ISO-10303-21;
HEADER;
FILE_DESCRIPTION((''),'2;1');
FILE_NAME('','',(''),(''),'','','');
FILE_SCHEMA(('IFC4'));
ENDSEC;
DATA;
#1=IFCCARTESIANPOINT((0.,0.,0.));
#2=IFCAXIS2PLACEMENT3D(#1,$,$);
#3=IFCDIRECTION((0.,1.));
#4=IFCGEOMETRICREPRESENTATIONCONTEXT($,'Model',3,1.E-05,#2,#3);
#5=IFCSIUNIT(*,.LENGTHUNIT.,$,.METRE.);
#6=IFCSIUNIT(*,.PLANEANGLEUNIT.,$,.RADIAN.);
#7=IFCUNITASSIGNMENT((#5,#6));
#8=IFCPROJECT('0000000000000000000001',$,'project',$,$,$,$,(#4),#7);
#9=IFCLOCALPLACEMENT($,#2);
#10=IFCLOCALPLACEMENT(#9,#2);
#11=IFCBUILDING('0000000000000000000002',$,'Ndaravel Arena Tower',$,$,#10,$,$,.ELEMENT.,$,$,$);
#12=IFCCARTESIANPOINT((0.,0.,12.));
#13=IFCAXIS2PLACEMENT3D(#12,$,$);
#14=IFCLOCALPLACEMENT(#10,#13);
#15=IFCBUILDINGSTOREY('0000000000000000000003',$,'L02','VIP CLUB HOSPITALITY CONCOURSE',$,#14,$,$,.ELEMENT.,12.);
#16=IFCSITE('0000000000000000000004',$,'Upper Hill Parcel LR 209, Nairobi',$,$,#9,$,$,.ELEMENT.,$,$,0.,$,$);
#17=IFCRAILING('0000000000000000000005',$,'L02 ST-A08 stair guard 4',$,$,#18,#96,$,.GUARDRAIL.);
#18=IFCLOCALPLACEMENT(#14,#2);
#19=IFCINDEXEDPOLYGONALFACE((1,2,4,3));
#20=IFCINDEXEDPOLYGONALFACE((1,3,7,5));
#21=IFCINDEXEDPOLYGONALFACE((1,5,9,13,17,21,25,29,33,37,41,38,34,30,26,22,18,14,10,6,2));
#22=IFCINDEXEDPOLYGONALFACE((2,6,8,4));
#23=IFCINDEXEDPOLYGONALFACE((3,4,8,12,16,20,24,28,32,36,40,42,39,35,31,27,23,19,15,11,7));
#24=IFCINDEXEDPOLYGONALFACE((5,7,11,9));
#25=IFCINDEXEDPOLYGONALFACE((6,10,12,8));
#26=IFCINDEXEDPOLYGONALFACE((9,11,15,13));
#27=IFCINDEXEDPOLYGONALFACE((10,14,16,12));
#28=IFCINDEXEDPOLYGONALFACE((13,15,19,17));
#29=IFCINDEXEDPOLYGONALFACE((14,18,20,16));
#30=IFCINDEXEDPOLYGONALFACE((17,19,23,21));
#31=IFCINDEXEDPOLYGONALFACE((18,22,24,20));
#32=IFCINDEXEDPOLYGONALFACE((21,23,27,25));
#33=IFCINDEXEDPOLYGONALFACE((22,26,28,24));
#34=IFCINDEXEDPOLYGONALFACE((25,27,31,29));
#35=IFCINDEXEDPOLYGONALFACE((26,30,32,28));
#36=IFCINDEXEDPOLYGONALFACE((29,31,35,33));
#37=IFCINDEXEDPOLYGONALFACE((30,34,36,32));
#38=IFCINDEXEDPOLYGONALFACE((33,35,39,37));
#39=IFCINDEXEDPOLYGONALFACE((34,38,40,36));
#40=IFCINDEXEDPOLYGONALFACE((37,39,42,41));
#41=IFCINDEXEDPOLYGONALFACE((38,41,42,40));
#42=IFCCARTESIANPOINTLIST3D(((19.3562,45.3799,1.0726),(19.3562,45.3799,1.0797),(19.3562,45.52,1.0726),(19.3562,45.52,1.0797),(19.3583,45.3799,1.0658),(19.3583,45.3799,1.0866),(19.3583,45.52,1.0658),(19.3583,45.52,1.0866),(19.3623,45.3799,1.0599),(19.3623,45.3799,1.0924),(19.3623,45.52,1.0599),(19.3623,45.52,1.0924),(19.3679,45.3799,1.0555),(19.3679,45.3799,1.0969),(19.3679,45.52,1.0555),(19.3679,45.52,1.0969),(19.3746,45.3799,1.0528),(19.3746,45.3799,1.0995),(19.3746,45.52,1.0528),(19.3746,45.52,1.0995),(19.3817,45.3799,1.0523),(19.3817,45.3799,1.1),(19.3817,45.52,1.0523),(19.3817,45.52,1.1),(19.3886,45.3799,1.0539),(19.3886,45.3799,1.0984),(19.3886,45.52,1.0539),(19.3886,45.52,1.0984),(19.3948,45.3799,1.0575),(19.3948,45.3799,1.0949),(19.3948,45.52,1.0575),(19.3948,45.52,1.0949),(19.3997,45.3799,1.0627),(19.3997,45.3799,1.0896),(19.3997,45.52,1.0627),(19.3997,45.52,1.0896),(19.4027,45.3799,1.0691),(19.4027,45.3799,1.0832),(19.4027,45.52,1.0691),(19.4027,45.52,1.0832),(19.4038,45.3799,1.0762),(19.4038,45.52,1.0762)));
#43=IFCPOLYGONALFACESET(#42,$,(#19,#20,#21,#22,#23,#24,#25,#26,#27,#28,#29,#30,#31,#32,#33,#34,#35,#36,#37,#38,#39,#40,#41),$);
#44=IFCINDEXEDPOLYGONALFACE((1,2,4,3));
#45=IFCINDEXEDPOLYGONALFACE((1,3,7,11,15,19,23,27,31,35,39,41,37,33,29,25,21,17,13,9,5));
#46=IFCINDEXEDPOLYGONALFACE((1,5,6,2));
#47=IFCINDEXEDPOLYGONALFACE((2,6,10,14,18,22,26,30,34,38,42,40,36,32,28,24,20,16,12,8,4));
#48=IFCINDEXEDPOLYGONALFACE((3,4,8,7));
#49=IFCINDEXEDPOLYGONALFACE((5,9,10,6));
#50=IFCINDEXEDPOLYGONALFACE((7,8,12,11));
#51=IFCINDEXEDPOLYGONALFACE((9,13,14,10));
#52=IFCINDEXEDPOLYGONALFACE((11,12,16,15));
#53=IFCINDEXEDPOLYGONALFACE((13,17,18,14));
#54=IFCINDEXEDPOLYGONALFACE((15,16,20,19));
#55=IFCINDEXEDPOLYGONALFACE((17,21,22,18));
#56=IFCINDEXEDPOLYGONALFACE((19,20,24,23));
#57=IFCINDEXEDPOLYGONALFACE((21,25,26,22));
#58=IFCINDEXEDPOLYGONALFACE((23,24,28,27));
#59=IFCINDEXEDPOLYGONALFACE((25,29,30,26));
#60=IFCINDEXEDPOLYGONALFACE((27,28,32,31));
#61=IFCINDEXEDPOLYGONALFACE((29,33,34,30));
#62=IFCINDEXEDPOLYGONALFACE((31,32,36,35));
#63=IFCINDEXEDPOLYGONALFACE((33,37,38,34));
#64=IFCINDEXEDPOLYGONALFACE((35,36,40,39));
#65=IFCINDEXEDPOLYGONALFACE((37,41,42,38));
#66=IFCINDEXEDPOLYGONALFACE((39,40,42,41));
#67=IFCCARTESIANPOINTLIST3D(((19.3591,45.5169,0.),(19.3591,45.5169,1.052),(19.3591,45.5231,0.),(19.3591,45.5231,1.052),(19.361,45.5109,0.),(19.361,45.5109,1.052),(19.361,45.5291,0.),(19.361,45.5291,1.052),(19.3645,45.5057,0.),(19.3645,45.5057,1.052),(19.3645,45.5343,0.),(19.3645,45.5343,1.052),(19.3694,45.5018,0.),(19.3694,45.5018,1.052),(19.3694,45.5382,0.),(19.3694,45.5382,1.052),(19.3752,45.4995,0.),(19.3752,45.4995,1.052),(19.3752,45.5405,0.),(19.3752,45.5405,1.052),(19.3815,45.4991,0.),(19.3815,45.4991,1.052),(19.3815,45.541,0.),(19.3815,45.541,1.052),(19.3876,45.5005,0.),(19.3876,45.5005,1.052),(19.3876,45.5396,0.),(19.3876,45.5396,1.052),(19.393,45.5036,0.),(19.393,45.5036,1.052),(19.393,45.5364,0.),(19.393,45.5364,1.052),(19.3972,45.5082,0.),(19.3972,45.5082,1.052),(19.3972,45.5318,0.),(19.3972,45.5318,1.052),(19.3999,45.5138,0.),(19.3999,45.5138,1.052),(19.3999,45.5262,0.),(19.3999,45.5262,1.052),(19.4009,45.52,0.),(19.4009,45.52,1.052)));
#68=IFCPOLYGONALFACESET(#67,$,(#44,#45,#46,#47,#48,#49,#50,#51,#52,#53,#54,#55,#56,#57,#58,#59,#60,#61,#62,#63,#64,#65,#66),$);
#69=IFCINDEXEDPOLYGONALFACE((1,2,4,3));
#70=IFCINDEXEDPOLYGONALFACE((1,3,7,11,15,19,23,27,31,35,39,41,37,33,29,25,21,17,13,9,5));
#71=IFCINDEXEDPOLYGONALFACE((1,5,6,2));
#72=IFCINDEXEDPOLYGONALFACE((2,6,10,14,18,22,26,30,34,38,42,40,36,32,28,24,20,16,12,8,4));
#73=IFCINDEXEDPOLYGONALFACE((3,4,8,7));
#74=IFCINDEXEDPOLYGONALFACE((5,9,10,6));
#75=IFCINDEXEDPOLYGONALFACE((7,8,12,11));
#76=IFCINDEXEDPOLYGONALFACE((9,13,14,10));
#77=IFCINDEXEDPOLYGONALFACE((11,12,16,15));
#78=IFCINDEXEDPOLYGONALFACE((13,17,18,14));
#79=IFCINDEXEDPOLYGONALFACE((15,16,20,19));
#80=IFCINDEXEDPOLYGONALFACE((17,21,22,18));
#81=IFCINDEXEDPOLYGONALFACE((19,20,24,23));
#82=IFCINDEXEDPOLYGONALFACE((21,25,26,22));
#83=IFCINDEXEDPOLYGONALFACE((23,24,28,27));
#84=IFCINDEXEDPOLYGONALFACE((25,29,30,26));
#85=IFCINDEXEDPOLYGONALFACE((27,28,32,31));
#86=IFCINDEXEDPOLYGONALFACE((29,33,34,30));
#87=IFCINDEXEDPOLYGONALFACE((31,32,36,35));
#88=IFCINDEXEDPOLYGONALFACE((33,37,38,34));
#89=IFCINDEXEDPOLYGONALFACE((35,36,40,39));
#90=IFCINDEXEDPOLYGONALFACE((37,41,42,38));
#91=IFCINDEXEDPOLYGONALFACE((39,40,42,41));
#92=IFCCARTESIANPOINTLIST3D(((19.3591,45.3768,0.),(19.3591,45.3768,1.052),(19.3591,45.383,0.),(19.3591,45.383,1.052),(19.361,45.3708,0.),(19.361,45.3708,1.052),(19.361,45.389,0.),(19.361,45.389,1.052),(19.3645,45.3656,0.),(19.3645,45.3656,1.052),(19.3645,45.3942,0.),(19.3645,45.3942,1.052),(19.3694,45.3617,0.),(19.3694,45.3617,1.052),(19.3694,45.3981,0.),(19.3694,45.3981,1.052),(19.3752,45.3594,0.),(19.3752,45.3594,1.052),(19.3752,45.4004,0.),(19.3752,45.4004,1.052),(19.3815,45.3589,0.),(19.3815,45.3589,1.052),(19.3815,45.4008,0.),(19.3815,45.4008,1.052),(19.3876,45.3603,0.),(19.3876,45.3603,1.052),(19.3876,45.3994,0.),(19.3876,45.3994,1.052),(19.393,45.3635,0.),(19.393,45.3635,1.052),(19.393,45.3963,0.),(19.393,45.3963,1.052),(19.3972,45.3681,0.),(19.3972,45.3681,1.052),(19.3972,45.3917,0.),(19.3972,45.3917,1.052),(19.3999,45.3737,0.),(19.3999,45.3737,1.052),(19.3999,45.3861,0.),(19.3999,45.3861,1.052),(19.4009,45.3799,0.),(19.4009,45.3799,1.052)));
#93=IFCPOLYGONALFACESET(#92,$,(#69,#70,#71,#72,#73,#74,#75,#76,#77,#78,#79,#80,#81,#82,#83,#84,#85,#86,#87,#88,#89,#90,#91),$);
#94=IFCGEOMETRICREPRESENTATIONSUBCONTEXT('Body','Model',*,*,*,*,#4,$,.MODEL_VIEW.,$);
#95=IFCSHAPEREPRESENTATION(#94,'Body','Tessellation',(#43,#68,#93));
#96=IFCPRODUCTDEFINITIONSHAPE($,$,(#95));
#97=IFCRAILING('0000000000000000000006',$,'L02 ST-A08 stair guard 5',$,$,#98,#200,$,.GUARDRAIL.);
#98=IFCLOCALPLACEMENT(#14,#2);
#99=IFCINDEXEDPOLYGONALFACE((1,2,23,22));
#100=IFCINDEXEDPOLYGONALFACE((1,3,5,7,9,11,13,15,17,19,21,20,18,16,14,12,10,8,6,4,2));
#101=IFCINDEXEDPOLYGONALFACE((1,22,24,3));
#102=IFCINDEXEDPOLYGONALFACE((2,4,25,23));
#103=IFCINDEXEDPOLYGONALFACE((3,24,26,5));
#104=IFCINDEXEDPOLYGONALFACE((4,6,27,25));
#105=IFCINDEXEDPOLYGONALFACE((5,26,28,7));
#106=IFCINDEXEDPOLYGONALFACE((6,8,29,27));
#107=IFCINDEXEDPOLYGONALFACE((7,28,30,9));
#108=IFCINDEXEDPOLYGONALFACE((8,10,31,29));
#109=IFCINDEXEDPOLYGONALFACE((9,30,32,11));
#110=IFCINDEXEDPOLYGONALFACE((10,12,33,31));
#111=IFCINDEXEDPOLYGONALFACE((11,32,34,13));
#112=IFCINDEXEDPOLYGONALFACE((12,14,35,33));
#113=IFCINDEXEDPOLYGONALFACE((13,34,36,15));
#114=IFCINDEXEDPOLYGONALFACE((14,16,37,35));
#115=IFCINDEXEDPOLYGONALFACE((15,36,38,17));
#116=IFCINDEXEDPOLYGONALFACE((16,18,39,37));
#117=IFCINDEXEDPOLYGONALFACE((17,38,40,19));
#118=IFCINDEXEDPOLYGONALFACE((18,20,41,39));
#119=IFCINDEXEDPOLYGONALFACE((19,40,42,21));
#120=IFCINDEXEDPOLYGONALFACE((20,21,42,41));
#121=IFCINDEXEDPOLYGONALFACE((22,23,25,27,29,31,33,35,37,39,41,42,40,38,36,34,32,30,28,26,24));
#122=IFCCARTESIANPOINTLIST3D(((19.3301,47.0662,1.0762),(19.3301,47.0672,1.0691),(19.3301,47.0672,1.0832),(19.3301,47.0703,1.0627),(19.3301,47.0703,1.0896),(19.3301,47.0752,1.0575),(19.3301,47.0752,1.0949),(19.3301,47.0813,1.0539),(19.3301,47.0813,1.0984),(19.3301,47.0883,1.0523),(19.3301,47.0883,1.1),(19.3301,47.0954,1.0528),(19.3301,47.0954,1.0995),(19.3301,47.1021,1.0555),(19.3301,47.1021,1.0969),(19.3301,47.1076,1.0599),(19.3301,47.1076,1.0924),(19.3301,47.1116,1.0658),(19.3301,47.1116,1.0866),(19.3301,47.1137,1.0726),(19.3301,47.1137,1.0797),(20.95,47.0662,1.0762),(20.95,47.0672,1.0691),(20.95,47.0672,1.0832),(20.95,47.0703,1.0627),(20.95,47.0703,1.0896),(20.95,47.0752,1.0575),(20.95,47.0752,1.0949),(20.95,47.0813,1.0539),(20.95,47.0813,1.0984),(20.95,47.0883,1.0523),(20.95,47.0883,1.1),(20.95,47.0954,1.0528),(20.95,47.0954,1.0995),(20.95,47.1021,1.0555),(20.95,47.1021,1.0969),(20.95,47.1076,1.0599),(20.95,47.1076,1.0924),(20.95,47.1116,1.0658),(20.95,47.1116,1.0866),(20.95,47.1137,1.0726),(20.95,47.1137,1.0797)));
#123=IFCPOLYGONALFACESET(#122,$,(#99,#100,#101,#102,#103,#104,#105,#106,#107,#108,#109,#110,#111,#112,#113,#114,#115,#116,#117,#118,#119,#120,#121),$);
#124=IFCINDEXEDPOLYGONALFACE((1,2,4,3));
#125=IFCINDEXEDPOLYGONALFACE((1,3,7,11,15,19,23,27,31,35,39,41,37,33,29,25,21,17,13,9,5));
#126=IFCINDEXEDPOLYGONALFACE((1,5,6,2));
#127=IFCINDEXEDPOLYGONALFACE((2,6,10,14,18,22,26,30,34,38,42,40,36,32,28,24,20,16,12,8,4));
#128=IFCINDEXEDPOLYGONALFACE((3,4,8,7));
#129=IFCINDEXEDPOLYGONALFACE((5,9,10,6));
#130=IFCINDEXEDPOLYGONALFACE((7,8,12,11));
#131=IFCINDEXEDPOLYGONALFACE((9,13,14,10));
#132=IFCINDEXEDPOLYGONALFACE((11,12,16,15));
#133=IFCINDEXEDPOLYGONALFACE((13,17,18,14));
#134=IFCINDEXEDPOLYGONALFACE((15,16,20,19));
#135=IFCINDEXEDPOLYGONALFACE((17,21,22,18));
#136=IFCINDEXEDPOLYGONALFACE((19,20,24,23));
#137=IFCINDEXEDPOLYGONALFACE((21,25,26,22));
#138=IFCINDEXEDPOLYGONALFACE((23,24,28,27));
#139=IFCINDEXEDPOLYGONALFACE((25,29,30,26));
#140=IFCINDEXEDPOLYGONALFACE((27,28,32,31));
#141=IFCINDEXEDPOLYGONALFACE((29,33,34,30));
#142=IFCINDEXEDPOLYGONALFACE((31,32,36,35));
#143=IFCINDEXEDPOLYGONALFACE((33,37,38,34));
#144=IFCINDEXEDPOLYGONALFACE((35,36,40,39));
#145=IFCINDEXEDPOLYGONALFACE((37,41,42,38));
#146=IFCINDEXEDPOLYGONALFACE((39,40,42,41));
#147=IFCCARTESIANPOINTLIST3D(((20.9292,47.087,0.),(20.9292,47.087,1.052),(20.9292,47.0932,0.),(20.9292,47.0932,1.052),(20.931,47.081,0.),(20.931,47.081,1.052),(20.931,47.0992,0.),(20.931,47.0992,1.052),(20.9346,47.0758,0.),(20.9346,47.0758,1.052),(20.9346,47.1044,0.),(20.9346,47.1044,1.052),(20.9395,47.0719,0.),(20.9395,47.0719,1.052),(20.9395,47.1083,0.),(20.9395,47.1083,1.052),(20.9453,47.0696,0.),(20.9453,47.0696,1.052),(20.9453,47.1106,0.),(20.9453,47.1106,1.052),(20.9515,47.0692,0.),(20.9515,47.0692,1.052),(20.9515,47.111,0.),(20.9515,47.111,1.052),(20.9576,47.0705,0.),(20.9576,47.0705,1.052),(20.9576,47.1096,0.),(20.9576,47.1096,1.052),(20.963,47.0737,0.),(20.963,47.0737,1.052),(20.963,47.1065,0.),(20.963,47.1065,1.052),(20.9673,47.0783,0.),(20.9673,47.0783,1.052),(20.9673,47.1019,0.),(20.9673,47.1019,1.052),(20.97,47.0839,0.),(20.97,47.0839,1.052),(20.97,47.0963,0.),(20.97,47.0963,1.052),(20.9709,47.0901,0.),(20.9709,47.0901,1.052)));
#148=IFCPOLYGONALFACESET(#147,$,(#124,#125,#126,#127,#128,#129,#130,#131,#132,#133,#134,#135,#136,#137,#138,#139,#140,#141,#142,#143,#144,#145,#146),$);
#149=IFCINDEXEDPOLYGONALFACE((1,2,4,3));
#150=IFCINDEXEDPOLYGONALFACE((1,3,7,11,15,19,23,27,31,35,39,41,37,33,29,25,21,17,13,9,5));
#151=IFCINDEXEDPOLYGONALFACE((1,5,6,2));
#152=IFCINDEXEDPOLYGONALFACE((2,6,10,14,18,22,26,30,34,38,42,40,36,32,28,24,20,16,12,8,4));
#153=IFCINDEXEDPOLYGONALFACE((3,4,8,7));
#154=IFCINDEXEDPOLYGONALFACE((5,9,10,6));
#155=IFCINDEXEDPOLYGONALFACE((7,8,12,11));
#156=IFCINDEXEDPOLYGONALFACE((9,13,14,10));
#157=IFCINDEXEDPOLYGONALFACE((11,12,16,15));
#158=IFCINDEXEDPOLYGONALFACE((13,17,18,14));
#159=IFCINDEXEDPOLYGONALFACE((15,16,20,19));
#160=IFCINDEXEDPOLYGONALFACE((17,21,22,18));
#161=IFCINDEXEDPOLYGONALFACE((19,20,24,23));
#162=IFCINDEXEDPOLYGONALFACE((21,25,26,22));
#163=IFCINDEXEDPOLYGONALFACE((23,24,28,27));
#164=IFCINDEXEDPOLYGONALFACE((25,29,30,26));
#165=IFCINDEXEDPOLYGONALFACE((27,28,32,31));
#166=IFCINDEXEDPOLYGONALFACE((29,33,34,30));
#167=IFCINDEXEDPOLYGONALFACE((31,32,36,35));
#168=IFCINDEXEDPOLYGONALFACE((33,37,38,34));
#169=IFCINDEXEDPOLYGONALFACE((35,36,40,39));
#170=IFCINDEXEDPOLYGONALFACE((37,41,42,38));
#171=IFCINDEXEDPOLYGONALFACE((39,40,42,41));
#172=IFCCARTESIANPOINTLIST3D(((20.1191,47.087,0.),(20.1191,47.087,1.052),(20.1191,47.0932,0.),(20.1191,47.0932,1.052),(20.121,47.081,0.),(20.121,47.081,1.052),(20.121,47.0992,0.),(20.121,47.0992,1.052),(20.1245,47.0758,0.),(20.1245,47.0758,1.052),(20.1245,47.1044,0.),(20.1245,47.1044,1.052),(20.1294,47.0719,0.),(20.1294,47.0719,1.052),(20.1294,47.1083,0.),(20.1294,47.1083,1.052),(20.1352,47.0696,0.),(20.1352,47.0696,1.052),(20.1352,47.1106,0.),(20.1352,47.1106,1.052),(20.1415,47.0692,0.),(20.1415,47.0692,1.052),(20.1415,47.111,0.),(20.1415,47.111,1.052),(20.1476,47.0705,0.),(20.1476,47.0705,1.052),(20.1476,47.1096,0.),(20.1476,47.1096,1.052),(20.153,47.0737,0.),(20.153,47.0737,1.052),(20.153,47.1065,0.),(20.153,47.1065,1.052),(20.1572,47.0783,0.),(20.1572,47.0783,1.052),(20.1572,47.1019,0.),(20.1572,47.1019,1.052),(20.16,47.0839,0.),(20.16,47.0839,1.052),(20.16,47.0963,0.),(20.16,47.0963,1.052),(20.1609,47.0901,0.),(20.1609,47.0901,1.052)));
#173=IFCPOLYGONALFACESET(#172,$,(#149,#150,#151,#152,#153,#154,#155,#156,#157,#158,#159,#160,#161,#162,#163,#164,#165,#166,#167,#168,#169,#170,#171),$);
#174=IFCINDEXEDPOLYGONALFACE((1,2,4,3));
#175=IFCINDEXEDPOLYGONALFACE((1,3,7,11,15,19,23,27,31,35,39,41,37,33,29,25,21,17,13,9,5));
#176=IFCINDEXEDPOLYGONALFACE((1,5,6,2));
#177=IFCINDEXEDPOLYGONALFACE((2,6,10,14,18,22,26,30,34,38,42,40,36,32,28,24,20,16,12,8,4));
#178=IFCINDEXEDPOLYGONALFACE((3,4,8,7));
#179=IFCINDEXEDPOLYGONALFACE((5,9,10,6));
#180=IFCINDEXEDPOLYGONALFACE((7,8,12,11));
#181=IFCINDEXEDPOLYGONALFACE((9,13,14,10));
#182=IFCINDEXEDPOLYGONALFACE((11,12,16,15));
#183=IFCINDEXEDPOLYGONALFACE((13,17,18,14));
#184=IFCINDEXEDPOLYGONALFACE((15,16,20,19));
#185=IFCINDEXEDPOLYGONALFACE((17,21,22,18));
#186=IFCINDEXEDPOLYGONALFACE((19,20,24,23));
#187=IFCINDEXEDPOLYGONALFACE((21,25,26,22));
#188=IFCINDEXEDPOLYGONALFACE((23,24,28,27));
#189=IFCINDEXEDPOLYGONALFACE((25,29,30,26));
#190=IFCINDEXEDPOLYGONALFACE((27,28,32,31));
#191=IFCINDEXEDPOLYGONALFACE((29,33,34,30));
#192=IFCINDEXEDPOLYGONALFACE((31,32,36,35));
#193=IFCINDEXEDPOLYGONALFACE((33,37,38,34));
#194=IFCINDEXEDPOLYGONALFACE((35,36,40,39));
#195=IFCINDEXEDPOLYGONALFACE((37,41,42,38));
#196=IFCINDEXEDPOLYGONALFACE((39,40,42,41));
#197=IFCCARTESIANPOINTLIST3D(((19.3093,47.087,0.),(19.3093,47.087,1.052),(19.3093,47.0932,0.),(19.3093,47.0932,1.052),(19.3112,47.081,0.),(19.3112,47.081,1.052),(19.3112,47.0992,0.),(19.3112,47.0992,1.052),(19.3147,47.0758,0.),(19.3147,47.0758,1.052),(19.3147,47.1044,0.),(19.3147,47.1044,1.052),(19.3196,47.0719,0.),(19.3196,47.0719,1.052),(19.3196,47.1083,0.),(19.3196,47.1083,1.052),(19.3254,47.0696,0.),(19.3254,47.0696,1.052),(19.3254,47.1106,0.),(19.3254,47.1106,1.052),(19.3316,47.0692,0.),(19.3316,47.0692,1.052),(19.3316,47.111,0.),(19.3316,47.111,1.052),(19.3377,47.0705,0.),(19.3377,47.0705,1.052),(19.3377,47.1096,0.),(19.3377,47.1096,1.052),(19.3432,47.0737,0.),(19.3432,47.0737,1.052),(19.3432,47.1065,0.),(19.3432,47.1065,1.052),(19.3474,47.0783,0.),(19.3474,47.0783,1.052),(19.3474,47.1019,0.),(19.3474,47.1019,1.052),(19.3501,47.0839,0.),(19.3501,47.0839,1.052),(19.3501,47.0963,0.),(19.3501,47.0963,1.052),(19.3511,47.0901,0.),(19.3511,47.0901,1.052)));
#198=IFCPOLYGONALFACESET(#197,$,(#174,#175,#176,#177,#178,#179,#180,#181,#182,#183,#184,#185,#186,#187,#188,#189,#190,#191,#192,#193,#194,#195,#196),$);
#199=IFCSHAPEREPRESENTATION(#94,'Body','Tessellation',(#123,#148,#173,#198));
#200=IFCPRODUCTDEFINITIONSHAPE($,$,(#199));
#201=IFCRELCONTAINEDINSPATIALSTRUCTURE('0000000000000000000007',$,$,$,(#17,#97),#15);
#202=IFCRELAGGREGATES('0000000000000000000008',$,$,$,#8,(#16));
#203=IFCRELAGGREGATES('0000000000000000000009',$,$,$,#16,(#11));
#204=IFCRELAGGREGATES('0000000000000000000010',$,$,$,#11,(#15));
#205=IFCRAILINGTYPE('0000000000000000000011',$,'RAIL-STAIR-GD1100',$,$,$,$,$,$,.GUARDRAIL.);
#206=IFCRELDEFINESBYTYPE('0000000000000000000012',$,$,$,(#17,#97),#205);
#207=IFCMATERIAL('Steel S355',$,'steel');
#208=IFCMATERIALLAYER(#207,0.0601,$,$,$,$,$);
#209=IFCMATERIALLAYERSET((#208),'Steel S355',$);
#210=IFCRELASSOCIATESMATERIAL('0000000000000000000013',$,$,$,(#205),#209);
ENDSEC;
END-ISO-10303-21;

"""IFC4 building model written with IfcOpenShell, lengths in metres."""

from ifc_helpers import new_model, si_unit, direction, frame, origin, origin_2d, place, context, subcontext, project, spatial, circle, extrude, material, layer, layer_set, type_object, element, save


model = new_model("IFC4")

# Units and contexts
model_context = context("Model", 3, precision=1e-05, world=origin(), true_north=direction((0.0, 1.0)))
body_context = subcontext(model_context, "Body", "Model", "MODEL_VIEW")
ifc_project = project(units=[si_unit("LENGTHUNIT", "METRE"), si_unit("PLANEANGLEUNIT", "RADIAN")], contexts=[model_context])

# Site, building, storey
site_placement = place(None, origin())
site = spatial("IfcSite", under=ifc_project, at=site_placement, Name="Upper Hill Parcel LR 209, Nairobi", CompositionType="ELEMENT", RefElevation=0.0)
building_placement = place(site_placement, origin())
building = spatial("IfcBuilding", under=site, at=building_placement, Name="Ndaravel Arena Tower", CompositionType="ELEMENT")
storey_placement = place(building_placement, frame((0.0, 0.0, 12.0)))
storey = spatial("IfcBuildingStorey", under=building, at=storey_placement, Name="L02", Description="VIP CLUB HOSPITALITY CONCOURSE", CompositionType="ELEMENT", Elevation=12.0)

# Railings
ifc_material_1 = material(Name="Steel S355", Category="steel")
ifc_layer_1 = layer(ifc_material_1, 0.0601)
ifc_layer_set_1 = layer_set([ifc_layer_1], Name="Steel S355")
railing_type_1 = type_object("IfcRailingType", Name="RAIL-STAIR-GD1100", PredefinedType="GUARDRAIL", material=ifc_layer_set_1)
railing_1_placement = place(storey_placement, frame((19.3799, 45.52, 0.0)))
element("IfcRailing", 1, at=railing_1_placement, inside=storey, type_object=railing_type_1, Name="L02 ST-A08 stair guard 4", PredefinedType="GUARDRAIL", context=body_context, shape_type="SweptSolid", body=[
    extrude(circle(Radius=0.0239, at=origin_2d()), frame((0.0, 0.0, 1.0762), z_axis=(0.0, -1.0, 0.0), x_axis=(1.0, 0.0, 0.0)), (0.0, 0.0, 1.0), 0.1401),
    extrude(circle(Radius=0.021, at=origin_2d()), origin(), (0.0, 0.0, 1.0), 1.052),
    extrude(circle(Radius=0.021, at=origin_2d()), frame((0.0, -0.1401, 0.0)), (0.0, 0.0, 1.0), 1.052),
])
for number, where, name in (
    (2, (20.95, 47.0901, 0.0), "L02 ST-A08 stair guard 5"),
):
    element("IfcRailing", number, at=place(storey_placement, frame(where)), inside=storey, type_object=railing_type_1, Name=name, PredefinedType="GUARDRAIL", context=body_context, shape_type="SweptSolid", body=[
        extrude(circle(Radius=0.0239, at=origin_2d()), frame((0.0, 0.0, 1.0762), z_axis=(-1.0, 0.0, 0.0), x_axis=(0.0, -1.0, 0.0)), (0.0, 0.0, 1.0), 1.6199),
        extrude(circle(Radius=0.021, at=origin_2d()), origin(), (0.0, 0.0, 1.0), 1.052),
        extrude(circle(Radius=0.021, at=origin_2d()), frame((-0.8101, 0.0, 0.0)), (0.0, 0.0, 1.0), 1.052),
        extrude(circle(Radius=0.021, at=origin_2d()), frame((-1.6199, 0.0, 0.0)), (0.0, 0.0, 1.0), 1.052),
    ])

save(model, "model.ifc")
